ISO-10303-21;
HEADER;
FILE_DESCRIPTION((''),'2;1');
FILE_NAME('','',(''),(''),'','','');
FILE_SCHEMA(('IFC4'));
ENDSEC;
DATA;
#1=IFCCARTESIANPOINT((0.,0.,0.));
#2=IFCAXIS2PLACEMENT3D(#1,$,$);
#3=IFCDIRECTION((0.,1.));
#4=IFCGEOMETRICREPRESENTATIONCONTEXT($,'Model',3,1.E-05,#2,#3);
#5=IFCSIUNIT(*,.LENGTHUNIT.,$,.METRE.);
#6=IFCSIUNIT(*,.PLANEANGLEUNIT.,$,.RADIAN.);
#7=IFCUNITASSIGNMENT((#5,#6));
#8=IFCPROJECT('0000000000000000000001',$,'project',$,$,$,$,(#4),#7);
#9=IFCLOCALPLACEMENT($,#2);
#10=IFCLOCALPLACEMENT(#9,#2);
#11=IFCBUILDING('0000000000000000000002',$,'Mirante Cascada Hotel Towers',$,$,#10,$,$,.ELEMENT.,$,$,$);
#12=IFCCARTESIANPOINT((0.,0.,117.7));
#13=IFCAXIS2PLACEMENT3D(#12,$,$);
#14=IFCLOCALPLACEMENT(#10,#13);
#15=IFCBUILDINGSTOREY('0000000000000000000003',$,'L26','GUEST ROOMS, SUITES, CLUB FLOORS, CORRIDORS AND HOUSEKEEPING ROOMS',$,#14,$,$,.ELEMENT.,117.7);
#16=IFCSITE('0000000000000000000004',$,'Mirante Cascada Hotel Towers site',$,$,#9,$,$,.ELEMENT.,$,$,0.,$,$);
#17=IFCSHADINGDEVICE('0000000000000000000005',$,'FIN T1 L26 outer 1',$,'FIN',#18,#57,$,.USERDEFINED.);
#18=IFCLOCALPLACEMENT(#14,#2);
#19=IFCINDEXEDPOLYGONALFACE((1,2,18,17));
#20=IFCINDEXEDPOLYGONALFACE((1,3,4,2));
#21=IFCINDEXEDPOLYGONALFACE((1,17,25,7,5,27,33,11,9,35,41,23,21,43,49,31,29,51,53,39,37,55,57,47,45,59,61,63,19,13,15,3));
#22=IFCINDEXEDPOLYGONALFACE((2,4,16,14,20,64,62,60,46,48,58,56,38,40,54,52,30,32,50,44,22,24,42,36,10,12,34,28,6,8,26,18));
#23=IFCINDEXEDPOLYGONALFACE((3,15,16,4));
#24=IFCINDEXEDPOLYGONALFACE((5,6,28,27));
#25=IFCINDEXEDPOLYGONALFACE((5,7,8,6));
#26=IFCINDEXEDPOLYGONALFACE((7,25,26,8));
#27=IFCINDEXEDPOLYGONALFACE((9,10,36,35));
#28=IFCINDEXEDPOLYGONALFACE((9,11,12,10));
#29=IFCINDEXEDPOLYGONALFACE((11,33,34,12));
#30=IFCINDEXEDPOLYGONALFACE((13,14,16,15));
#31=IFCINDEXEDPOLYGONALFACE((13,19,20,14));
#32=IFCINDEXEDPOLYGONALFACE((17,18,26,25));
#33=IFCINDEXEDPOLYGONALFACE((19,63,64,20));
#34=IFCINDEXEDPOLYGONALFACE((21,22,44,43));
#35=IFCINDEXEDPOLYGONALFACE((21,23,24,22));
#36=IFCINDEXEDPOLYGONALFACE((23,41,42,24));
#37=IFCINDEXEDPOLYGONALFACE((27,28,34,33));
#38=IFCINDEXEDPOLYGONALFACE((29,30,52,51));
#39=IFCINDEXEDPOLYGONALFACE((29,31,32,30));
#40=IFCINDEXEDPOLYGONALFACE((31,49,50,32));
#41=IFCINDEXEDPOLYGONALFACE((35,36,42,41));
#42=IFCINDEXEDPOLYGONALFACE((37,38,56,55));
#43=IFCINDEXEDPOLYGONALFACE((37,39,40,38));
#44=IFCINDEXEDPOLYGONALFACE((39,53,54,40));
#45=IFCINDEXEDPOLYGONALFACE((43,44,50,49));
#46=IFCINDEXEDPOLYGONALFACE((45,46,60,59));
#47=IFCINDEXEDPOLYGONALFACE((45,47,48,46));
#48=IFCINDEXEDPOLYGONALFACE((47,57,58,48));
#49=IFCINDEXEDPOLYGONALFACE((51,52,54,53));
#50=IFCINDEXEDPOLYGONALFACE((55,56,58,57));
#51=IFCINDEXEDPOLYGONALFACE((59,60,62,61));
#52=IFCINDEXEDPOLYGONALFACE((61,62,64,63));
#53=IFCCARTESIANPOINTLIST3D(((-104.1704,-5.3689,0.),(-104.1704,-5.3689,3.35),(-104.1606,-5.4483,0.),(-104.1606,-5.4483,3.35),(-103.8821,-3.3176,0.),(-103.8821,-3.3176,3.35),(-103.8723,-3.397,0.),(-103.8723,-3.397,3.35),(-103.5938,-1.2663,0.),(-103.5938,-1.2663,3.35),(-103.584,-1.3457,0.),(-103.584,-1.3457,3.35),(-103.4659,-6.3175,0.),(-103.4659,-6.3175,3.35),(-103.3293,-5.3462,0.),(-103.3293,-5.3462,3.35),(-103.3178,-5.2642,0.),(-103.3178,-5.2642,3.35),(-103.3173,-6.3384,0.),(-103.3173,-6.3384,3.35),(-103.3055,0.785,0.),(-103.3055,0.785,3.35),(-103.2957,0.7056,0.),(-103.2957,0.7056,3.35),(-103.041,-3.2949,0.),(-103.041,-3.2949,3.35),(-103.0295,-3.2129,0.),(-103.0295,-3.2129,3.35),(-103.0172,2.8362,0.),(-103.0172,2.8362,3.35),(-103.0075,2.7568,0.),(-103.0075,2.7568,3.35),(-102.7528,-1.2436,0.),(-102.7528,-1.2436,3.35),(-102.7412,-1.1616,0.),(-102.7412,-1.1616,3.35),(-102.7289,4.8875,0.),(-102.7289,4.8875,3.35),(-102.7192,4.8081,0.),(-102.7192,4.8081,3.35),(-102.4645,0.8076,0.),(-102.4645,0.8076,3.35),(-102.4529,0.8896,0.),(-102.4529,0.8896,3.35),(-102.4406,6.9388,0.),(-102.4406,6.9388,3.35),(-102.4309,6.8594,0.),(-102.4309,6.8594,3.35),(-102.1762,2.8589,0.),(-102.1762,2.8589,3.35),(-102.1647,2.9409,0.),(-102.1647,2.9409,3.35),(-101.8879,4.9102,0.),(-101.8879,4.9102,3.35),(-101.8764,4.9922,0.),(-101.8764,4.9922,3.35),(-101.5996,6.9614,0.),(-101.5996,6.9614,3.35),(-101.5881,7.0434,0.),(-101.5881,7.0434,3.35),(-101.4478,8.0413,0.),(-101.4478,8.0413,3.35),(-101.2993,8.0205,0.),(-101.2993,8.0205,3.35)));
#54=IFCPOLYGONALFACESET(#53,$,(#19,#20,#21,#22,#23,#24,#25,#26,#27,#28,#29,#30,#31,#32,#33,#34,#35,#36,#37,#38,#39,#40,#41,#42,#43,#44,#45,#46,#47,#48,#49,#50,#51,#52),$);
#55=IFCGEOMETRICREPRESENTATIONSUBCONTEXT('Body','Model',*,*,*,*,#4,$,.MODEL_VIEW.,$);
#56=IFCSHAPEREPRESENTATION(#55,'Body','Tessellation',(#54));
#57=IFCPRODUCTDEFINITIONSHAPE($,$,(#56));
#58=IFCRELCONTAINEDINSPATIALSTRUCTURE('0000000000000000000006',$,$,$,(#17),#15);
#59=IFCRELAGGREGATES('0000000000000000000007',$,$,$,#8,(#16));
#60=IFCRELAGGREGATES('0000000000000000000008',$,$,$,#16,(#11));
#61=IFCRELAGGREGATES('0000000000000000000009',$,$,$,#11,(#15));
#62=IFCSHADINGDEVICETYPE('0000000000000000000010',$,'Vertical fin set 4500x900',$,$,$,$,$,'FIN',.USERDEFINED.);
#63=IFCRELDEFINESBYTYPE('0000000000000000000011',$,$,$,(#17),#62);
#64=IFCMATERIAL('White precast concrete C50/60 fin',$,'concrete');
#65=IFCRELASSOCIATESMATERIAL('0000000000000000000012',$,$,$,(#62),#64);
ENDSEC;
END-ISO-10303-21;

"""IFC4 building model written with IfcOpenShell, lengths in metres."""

from ifc_helpers import new_model, si_unit, direction, frame, origin, place, context, subcontext, project, spatial, polyline, outline, extrude, material, type_object, element, save


model = new_model("IFC4")

# Units and contexts
model_context = context("Model", 3, precision=1e-05, world=origin(), true_north=direction((0.0, 1.0)))
body_context = subcontext(model_context, "Body", "Model", "MODEL_VIEW")
ifc_project = project(units=[si_unit("LENGTHUNIT", "METRE"), si_unit("PLANEANGLEUNIT", "RADIAN")], contexts=[model_context])

# Site, building, storey
site_placement = place(None, origin())
site = spatial("IfcSite", under=ifc_project, at=site_placement, Name="Mirante Cascada Hotel Towers site", CompositionType="ELEMENT", RefElevation=0.0)
building_placement = place(site_placement, origin())
building = spatial("IfcBuilding", under=site, at=building_placement, Name="Mirante Cascada Hotel Towers", CompositionType="ELEMENT")
storey_placement = place(building_placement, frame((0.0, 0.0, 117.7)))
storey = spatial("IfcBuildingStorey", under=building, at=storey_placement, Name="L26", Description="GUEST ROOMS, SUITES, CLUB FLOORS, CORRIDORS AND HOUSEKEEPING ROOMS", CompositionType="ELEMENT", Elevation=117.7)

# Shading device
ifc_material_1 = material(Name="White precast concrete C50/60 fin", Category="concrete")
shading_device_type = type_object("IfcShadingDeviceType", Name="Vertical fin set 4500x900", ElementType="FIN", PredefinedType="USERDEFINED", material=ifc_material_1)
shading_device_1_placement = place(storey_placement, origin())
element("IfcShadingDevice", 1, at=shading_device_1_placement, inside=storey, type_object=shading_device_type, Name="FIN T1 L26 outer 1", ObjectType="FIN", PredefinedType="USERDEFINED", context=body_context, shape_type="SweptSolid", body=[
    extrude(outline(polyline([(-103.3178, -5.2642), (-103.041, -3.2949), (-103.8723, -3.397), (-103.8821, -3.3176), (-103.0295, -3.2129), (-102.7528, -1.2436), (-103.584, -1.3457), (-103.5938, -1.2663), (-102.7412, -1.1616), (-102.4645, 0.8076), (-103.2957, 0.7056), (-103.3055, 0.785), (-102.4529, 0.8896), (-102.1762, 2.8589), (-103.0075, 2.7568), (-103.0172, 2.8362), (-102.1647, 2.9409), (-101.8879, 4.9102), (-102.7192, 4.8081), (-102.7289, 4.8875), (-101.8764, 4.9922), (-101.5996, 6.9614), (-102.4309, 6.8594), (-102.4406, 6.9388), (-101.5881, 7.0434), (-101.4478, 8.0413), (-101.2993, 8.0205), (-103.3173, -6.3384), (-103.4659, -6.3175), (-103.3293, -5.3462), (-104.1606, -5.4483), (-104.1704, -5.3689), (-103.3178, -5.2642)])), origin(), (0.0, 0.0, 1.0), 3.35),
])

save(model, "model.ifc")
